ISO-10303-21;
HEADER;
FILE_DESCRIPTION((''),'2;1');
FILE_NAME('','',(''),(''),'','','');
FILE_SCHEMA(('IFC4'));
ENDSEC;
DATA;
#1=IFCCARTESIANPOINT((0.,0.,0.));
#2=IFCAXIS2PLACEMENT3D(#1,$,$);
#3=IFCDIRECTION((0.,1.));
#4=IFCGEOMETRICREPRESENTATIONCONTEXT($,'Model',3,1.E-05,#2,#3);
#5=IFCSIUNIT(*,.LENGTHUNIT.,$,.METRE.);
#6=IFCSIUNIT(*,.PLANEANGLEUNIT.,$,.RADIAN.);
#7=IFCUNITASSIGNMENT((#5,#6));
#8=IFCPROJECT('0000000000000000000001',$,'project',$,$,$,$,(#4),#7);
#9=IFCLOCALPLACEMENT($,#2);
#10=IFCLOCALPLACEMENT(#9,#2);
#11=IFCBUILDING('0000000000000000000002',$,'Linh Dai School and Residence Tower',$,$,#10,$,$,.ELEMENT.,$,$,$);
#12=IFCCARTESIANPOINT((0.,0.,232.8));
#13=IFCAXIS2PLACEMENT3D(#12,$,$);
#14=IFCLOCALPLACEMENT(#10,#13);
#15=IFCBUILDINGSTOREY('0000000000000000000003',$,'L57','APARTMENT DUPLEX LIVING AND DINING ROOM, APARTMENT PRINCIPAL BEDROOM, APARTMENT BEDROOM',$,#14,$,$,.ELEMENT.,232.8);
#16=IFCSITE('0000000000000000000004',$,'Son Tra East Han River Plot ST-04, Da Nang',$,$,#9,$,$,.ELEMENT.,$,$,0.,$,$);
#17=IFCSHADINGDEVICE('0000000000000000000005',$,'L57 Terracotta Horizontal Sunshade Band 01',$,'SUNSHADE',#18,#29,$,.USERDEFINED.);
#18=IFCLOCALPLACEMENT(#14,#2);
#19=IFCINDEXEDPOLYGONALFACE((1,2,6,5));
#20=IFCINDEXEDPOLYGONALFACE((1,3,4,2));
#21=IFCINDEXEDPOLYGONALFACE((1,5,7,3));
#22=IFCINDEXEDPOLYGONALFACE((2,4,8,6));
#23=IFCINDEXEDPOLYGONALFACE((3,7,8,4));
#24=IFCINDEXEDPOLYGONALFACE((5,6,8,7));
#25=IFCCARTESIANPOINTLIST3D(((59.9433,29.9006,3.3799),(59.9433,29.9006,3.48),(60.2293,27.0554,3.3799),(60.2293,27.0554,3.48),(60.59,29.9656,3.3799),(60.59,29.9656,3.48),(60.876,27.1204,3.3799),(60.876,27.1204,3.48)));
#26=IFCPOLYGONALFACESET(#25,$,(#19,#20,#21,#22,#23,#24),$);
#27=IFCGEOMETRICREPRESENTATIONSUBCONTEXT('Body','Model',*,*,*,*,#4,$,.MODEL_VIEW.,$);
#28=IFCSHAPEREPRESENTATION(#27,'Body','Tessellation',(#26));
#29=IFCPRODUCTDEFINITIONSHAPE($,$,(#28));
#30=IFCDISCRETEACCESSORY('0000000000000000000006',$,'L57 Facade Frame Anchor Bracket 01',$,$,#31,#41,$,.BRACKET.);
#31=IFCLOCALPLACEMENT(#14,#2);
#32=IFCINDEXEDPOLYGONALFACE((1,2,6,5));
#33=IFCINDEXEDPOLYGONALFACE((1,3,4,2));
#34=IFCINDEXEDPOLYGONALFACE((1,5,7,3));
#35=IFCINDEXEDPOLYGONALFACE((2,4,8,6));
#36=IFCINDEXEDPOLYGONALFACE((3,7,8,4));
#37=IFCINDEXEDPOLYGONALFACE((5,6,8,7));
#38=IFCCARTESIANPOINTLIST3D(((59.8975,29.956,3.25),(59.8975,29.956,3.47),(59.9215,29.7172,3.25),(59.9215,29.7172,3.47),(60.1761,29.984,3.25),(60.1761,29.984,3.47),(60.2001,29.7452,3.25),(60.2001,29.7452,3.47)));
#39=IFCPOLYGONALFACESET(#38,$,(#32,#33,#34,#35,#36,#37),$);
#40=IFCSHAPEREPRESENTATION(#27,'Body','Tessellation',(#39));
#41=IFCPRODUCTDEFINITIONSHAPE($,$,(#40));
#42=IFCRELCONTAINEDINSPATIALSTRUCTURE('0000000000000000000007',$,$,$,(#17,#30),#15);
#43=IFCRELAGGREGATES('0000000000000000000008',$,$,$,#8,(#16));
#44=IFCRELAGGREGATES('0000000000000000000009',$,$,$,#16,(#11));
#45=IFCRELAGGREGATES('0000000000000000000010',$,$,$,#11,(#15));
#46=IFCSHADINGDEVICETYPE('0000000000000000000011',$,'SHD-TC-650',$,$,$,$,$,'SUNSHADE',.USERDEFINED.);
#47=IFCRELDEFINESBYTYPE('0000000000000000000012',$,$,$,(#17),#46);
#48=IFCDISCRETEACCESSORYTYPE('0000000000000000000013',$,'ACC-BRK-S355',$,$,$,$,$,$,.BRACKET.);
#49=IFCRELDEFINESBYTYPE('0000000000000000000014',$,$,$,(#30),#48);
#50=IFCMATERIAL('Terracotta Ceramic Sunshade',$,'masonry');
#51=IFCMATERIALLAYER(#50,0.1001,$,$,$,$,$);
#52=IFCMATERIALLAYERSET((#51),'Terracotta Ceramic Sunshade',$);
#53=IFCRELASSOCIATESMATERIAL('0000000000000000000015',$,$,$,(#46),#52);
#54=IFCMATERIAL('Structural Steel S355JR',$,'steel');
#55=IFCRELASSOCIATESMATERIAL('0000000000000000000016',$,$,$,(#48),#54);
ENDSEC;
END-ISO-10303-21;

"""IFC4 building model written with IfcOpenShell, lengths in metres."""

from ifc_helpers import new_model, si_unit, direction, frame, origin, origin_2d, place, context, subcontext, project, spatial, rectangle, extrude, source, transform, mapped, material, layer, layer_set, type_object, element, save


model = new_model("IFC4")

# Units and contexts
model_context = context("Model", 3, precision=1e-05, world=origin(), true_north=direction((0.0, 1.0)))
body_context = subcontext(model_context, "Body", "Model", "MODEL_VIEW")
ifc_project = project(units=[si_unit("LENGTHUNIT", "METRE"), si_unit("PLANEANGLEUNIT", "RADIAN")], contexts=[model_context])

# Site, building, storey
site_placement = place(None, origin())
site = spatial("IfcSite", under=ifc_project, at=site_placement, Name="Son Tra East Han River Plot ST-04, Da Nang", CompositionType="ELEMENT", RefElevation=0.0)
building_placement = place(site_placement, origin())
building = spatial("IfcBuilding", under=site, at=building_placement, Name="Linh Dai School and Residence Tower", CompositionType="ELEMENT")
storey_placement = place(building_placement, frame((0.0, 0.0, 232.8)))
storey = spatial("IfcBuildingStorey", under=building, at=storey_placement, Name="L57", Description="APARTMENT DUPLEX LIVING AND DINING ROOM, APARTMENT PRINCIPAL BEDROOM, APARTMENT BEDROOM", CompositionType="ELEMENT", Elevation=232.8)

# Shared definitions
ifc_material_1 = material(Name="Structural Steel S355JR", Category="steel")

# Shading device
ifc_material_2 = material(Name="Terracotta Ceramic Sunshade", Category="masonry")
ifc_layer_1 = layer(ifc_material_2, 0.1001)
ifc_layer_set_1 = layer_set([ifc_layer_1], Name="Terracotta Ceramic Sunshade")
shading_device_type = type_object("IfcShadingDeviceType", Name="SHD-TC-650", ElementType="SUNSHADE", PredefinedType="USERDEFINED", material=ifc_layer_set_1)
shared_shape_1 = source(origin(), body_context, "Body", "SweptSolid", [
    extrude(rectangle(XDim=2.8596, YDim=0.6499, at=origin_2d()), origin(), (0.0, 0.0, 1.0), 0.1001),
])
shading_device_placement = place(storey_placement, frame((60.4097, 28.5105, 3.3799), z_axis=(0.0, 0.0, 1.0), x_axis=(0.100012, -0.994986, 0.0)))
element("IfcShadingDevice", 1, at=shading_device_placement, inside=storey, type_object=shading_device_type, Name="L57 Terracotta Horizontal Sunshade Band 01", ObjectType="SUNSHADE", PredefinedType="USERDEFINED", context=body_context, shape_type="MappedRepresentation", body=[
    mapped(shared_shape_1, transform((0.0, 0.0, 0.0), x_axis=(1.0, 0.0, 0.0), y_axis=(0.0, 1.0, 0.0), z_axis=(0.0, 0.0, 1.0), scale=1.0)),
])

# Discrete accessory
discrete_accessory_type = type_object("IfcDiscreteAccessoryType", Name="ACC-BRK-S355", PredefinedType="BRACKET", material=ifc_material_1)
shared_shape_2 = source(origin(), body_context, "Body", "SweptSolid", [
    extrude(rectangle(XDim=0.28, YDim=0.24, at=origin_2d()), origin(), (0.0, 0.0, 1.0), 0.22),
])
discrete_accessory_placement = place(storey_placement, frame((60.0488, 29.8506, 3.25), z_axis=(0.0, 0.0, 1.0), x_axis=(0.994986, 0.100012, 0.0)))
element("IfcDiscreteAccessory", 2, at=discrete_accessory_placement, inside=storey, type_object=discrete_accessory_type, Name="L57 Facade Frame Anchor Bracket 01", PredefinedType="BRACKET", context=body_context, shape_type="MappedRepresentation", body=[
    mapped(shared_shape_2, transform((0.0, 0.0, 0.0), x_axis=(1.0, 0.0, 0.0), y_axis=(0.0, 1.0, 0.0), z_axis=(0.0, 0.0, 1.0), scale=1.0)),
])

save(model, "model.ifc")
